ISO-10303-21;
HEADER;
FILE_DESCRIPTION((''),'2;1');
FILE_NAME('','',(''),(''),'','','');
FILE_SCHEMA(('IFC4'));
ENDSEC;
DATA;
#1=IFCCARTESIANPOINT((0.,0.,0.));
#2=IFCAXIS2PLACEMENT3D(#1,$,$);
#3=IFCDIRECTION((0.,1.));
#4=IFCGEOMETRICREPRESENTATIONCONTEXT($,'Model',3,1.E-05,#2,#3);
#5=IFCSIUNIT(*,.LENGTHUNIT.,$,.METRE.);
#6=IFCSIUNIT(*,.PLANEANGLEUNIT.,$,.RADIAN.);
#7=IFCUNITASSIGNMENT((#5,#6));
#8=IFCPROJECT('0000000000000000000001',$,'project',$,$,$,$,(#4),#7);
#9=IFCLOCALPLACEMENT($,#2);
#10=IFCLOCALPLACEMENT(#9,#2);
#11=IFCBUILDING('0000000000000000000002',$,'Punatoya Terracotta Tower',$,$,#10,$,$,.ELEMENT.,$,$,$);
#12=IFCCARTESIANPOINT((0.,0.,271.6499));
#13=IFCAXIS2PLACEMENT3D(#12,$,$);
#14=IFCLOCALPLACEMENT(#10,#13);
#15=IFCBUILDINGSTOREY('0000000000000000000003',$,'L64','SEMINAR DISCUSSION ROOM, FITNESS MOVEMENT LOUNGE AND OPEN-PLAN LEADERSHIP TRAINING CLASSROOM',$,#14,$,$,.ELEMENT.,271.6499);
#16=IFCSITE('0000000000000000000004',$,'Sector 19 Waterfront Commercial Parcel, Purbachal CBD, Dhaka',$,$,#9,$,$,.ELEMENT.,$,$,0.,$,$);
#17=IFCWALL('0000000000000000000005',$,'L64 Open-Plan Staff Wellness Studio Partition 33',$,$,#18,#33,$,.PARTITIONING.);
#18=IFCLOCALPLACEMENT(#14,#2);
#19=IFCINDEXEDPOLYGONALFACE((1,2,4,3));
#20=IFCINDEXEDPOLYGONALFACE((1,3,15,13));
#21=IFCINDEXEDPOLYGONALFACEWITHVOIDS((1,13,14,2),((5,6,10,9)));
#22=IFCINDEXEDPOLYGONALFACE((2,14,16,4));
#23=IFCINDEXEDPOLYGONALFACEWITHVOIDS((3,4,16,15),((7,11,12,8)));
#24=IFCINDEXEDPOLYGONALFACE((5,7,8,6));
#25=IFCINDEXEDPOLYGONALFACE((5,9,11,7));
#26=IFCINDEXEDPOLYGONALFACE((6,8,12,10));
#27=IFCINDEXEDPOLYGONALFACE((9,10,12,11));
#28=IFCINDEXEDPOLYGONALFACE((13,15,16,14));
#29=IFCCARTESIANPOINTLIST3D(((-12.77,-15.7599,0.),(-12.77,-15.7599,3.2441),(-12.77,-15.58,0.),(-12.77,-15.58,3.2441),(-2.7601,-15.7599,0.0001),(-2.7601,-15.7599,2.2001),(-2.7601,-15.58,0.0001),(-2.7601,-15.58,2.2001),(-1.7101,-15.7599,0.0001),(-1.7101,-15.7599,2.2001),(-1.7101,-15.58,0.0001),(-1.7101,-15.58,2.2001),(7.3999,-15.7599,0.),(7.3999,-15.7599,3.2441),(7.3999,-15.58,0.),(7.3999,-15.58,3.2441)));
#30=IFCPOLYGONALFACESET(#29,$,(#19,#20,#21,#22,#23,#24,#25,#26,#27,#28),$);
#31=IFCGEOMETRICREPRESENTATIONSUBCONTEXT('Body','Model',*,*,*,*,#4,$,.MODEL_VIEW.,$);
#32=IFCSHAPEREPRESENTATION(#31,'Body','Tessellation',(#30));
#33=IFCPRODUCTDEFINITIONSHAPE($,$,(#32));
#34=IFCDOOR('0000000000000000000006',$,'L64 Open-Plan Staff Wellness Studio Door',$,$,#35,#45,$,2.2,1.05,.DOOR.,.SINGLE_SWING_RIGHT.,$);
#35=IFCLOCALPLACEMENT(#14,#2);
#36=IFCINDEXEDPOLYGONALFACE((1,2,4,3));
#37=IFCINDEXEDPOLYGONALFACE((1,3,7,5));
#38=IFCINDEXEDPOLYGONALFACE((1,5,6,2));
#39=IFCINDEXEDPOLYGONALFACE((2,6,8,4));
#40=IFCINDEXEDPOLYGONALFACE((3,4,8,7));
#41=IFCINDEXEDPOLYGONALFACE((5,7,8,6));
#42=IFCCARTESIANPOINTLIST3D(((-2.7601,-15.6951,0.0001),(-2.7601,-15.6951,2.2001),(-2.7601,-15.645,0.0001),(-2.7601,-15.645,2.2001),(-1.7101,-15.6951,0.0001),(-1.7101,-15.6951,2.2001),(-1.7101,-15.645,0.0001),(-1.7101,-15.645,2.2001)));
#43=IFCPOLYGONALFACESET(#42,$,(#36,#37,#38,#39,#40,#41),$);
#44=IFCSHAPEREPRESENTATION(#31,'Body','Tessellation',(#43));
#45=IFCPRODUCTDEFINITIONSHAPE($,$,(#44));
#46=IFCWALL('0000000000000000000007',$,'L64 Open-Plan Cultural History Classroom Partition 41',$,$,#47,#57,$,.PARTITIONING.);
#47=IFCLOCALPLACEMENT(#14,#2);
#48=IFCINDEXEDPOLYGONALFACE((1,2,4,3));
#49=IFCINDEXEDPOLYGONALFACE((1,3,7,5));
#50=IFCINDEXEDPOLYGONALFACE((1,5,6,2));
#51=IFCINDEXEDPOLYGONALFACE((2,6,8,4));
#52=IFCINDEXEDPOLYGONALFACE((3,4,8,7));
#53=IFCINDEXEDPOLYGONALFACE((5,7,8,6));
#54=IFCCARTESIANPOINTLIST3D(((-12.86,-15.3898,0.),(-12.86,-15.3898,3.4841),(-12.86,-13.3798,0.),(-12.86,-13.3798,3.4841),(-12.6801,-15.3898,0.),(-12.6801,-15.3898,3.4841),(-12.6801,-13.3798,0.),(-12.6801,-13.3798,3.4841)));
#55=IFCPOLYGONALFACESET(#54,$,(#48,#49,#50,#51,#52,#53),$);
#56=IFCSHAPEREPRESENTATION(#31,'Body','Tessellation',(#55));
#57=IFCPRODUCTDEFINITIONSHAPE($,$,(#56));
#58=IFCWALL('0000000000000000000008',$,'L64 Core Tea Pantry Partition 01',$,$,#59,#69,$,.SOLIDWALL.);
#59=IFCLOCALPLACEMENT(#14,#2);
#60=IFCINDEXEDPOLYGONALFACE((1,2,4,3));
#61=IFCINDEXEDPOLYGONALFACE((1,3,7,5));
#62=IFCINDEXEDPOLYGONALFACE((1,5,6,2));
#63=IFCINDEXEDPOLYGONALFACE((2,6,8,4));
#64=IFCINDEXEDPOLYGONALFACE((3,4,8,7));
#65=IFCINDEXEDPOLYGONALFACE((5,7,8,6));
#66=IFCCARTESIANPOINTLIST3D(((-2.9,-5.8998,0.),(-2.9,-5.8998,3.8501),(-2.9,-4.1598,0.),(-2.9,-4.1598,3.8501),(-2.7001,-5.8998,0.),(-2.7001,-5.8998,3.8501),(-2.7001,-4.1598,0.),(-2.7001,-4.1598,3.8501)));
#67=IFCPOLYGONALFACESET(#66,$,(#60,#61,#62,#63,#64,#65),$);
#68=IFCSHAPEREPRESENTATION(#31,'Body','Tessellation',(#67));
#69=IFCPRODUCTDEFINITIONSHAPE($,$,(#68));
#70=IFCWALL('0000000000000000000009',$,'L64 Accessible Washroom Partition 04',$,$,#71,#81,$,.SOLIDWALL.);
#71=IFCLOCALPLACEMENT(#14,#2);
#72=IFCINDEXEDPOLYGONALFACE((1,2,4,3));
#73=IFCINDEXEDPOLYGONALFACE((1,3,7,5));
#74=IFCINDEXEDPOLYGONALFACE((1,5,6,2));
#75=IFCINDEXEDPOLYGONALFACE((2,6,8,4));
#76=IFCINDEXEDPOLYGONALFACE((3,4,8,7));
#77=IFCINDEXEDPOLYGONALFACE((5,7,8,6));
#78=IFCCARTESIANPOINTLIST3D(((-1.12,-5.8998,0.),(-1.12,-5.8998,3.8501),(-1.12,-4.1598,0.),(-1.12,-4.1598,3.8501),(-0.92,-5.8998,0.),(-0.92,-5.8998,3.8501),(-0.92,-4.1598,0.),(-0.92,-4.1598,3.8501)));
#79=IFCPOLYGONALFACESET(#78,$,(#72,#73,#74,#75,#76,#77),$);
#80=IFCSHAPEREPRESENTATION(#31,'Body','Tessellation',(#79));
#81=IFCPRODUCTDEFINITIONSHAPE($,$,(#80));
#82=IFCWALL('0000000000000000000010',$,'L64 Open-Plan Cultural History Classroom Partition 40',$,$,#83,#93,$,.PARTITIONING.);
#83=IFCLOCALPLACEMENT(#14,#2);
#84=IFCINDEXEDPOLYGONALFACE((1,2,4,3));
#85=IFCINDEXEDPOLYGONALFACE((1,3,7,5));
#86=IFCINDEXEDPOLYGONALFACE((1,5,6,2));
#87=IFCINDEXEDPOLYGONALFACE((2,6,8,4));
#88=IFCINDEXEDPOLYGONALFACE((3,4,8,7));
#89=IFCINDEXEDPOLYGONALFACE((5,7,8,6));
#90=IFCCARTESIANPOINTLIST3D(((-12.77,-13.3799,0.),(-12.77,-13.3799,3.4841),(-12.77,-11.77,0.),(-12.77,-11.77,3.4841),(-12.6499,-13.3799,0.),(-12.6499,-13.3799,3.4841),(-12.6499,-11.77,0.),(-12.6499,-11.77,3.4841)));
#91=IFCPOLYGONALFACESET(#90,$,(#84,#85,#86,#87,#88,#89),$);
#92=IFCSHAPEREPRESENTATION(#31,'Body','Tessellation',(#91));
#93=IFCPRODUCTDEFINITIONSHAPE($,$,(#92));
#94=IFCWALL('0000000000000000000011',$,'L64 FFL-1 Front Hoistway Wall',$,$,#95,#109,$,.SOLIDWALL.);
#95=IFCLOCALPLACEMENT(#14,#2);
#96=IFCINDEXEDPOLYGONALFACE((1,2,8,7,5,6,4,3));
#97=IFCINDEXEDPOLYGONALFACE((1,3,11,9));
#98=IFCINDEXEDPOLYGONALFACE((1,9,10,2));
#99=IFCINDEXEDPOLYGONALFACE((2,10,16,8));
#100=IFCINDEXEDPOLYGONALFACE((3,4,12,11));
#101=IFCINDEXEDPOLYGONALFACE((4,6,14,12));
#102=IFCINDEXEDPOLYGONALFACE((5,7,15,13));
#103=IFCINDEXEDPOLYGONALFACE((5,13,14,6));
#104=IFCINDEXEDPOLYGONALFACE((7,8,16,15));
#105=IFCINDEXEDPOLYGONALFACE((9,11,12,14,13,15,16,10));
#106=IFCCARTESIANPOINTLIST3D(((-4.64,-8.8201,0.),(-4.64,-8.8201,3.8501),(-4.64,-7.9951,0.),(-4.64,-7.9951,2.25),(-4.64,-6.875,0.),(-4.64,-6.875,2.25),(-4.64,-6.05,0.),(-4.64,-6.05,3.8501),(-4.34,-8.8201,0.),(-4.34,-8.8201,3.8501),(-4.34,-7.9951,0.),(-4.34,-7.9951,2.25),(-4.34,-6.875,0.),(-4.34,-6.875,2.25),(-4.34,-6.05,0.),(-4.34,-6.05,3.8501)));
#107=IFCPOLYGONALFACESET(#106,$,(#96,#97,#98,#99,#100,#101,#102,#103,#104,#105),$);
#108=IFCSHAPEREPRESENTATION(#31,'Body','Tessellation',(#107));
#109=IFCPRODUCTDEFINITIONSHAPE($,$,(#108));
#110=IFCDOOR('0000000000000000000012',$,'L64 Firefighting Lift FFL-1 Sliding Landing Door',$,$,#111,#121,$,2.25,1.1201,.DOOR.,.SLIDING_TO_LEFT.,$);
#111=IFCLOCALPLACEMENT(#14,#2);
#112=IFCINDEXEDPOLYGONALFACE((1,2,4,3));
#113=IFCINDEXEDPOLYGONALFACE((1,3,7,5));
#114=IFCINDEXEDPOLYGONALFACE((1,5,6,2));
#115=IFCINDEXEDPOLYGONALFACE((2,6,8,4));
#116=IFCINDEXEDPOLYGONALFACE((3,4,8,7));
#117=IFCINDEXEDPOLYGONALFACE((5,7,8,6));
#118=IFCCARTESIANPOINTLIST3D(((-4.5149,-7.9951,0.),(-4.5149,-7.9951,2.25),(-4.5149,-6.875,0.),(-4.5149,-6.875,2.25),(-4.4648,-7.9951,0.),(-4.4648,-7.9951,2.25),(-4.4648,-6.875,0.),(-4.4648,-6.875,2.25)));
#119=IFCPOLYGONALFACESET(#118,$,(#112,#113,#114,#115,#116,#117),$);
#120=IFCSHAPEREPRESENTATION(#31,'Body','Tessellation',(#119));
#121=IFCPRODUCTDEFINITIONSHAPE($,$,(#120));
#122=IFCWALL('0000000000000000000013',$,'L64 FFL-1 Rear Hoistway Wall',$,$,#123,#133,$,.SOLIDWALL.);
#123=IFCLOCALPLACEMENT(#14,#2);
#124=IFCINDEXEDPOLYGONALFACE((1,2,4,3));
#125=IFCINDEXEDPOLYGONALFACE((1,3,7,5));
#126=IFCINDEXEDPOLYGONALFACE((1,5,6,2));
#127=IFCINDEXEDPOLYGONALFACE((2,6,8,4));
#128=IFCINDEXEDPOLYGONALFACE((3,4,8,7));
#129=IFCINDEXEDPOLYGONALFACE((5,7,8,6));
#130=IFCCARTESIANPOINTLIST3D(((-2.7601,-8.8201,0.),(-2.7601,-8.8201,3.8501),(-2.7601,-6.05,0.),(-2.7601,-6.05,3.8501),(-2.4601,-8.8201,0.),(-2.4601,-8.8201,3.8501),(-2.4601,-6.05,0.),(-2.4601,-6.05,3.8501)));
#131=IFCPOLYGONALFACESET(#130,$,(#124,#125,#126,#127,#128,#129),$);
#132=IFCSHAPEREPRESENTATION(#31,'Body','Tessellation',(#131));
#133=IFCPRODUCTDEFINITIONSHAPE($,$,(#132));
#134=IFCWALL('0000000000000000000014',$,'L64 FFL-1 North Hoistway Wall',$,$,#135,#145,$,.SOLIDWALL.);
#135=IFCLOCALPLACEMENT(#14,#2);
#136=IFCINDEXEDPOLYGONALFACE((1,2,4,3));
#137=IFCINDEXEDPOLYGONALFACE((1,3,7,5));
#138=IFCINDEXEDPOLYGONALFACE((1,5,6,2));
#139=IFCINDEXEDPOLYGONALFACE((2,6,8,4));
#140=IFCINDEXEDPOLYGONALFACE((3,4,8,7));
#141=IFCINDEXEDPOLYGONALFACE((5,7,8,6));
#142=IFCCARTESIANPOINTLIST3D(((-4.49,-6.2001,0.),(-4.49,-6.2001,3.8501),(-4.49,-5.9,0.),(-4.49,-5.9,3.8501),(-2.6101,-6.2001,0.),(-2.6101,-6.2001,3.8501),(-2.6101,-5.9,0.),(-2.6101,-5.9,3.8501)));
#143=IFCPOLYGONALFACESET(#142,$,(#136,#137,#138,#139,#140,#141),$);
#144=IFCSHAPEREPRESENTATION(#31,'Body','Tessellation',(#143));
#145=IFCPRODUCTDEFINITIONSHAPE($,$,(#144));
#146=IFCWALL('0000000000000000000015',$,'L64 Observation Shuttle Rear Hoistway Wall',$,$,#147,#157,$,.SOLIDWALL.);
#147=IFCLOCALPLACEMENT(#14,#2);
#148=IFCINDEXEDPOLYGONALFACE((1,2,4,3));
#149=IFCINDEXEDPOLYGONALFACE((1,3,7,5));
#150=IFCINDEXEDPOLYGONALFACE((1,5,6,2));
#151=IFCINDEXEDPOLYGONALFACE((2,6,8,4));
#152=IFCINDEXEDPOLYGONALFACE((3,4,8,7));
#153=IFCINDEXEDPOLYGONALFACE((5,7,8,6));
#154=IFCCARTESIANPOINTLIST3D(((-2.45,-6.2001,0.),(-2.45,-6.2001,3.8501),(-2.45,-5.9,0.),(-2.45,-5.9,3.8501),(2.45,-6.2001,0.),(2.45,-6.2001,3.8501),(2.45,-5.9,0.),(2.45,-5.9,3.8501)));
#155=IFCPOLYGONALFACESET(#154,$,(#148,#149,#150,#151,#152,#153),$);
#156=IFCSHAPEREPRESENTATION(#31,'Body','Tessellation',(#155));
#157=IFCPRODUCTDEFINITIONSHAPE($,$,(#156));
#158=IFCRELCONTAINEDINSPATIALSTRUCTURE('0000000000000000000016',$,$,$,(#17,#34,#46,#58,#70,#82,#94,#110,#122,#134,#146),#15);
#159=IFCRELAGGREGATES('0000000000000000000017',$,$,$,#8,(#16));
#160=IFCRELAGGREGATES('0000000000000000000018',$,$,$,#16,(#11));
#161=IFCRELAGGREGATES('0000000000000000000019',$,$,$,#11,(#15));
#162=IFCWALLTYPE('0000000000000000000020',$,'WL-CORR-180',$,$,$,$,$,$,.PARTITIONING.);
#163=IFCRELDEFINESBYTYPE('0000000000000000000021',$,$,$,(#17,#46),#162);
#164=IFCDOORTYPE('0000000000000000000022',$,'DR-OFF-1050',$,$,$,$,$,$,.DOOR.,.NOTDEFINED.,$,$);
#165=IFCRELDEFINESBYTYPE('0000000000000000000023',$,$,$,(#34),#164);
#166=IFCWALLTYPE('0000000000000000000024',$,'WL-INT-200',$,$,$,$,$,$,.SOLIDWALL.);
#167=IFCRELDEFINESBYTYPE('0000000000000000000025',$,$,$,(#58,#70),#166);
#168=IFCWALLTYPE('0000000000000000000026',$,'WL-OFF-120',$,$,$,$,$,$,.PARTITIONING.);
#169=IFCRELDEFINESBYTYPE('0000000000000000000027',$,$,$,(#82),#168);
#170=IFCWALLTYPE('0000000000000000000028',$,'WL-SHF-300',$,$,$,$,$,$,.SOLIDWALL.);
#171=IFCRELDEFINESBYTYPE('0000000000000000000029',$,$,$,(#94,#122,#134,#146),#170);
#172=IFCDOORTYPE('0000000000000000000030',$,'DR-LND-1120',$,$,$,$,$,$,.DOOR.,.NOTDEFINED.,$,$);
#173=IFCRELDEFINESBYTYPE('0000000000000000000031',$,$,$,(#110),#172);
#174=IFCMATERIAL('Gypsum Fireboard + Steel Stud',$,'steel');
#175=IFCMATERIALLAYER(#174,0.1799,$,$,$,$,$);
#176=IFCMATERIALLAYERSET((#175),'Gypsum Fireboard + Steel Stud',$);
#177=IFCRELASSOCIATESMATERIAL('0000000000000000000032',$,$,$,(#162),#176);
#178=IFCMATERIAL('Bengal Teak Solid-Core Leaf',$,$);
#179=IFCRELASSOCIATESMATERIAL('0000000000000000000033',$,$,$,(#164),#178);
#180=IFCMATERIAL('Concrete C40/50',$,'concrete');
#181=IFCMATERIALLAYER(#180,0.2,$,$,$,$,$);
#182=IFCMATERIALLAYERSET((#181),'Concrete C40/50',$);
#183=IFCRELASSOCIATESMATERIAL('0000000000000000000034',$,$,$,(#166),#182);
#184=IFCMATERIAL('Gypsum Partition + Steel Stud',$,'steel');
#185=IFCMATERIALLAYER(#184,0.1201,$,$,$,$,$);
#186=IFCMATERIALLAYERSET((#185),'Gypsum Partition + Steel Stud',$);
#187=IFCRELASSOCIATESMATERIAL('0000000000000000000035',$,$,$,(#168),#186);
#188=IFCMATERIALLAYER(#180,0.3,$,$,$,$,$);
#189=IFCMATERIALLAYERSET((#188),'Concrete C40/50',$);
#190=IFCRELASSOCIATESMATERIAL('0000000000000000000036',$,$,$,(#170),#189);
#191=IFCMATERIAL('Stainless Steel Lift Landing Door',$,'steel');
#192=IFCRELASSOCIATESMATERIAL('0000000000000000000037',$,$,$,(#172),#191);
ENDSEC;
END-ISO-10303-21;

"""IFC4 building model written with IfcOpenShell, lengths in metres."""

from ifc_helpers import new_model, si_unit, direction, frame, frame_2d, origin, place, context, subcontext, project, spatial, rectangle, extrude, material, layer, layer_set, type_object, element, fill, save


model = new_model("IFC4")

# Units and contexts
model_context = context("Model", 3, precision=1e-05, world=origin(), true_north=direction((0.0, 1.0)))
body_context = subcontext(model_context, "Body", "Model", "MODEL_VIEW")
ifc_project = project(units=[si_unit("LENGTHUNIT", "METRE"), si_unit("PLANEANGLEUNIT", "RADIAN")], contexts=[model_context])

# Site, building, storey
site_placement = place(None, origin())
site = spatial("IfcSite", under=ifc_project, at=site_placement, Name="Sector 19 Waterfront Commercial Parcel, Purbachal CBD, Dhaka", CompositionType="ELEMENT", RefElevation=0.0)
building_placement = place(site_placement, origin())
building = spatial("IfcBuilding", under=site, at=building_placement, Name="Punatoya Terracotta Tower", CompositionType="ELEMENT")
storey_placement = place(building_placement, frame((0.0, 0.0, 271.6499)))
storey = spatial("IfcBuildingStorey", under=building, at=storey_placement, Name="L64", Description="SEMINAR DISCUSSION ROOM, FITNESS MOVEMENT LOUNGE AND OPEN-PLAN LEADERSHIP TRAINING CLASSROOM", CompositionType="ELEMENT", Elevation=271.6499)

# Wall, opening, door
ifc_material_1 = material(Name="Gypsum Fireboard + Steel Stud", Category="steel")
ifc_layer_1 = layer(ifc_material_1, 0.1799)
ifc_layer_set_1 = layer_set([ifc_layer_1], Name="Gypsum Fireboard + Steel Stud")
wall_type_1 = type_object("IfcWallType", Name="WL-CORR-180", PredefinedType="PARTITIONING", material=ifc_layer_set_1)
wall_1_placement = place(storey_placement, frame((-12.77, -15.6699, 0.0), z_axis=(0.0, 0.0, 1.0), x_axis=(1.0, 0.0, 0.0)))
wall_1 = element("IfcWall", 1, at=wall_1_placement, inside=storey, type_object=wall_type_1, Name="L64 Open-Plan Staff Wellness Studio Partition 33", PredefinedType="PARTITIONING", context=body_context, shape_type="SweptSolid", body=[
    extrude(rectangle(XDim=20.1699, YDim=0.1799, at=frame_2d((10.085, 0.0))), origin(), (0.0, 0.0, 1.0), 3.2441),
])
opening_1_placement = place(wall_1_placement, frame((10.01, 0.0, 0.0)))
opening_1 = element("IfcOpeningElement", 2, at=opening_1_placement, cuts=wall_1, PredefinedType="OPENING", context=body_context, shape_type="SweptSolid", body=[
    extrude(rectangle(XDim=1.05, YDim=2.2, at=frame_2d((0.5249, 1.1001))), frame((0.0, 0.0999, 0.0), z_axis=(0.0, -1.0, 0.0), x_axis=(1.0, 0.0, 0.0)), (0.0, 0.0, 1.0), 0.2),
])
ifc_material_2 = material(Name="Bengal Teak Solid-Core Leaf")
door_type_1 = type_object("IfcDoorType", Name="DR-OFF-1050", OperationType="NOTDEFINED", PredefinedType="DOOR", material=ifc_material_2)
door_1_placement = place(opening_1_placement, origin())
door_1 = element("IfcDoor", 3, at=door_1_placement, inside=storey, type_object=door_type_1, Name="L64 Open-Plan Staff Wellness Studio Door", OperationType="SINGLE_SWING_RIGHT", OverallHeight=2.2, OverallWidth=1.05, PredefinedType="DOOR", context=body_context, shape_type="SweptSolid", body=[
    extrude(rectangle(XDim=1.05, YDim=2.2, at=frame_2d((0.5249, 1.1001))), frame((0.0, 0.0249, 0.0), z_axis=(0.0, -1.0, 0.0), x_axis=(1.0, 0.0, 0.0)), (0.0, 0.0, 1.0), 0.05),
])
fill(opening_1, door_1)

# Walls
wall_2_placement = place(storey_placement, frame((-12.77, -13.3799, 0.0), z_axis=(0.0, 0.0, 1.0), x_axis=(0.0, -1.0, 0.0)))
element("IfcWall", 4, at=wall_2_placement, inside=storey, type_object=wall_type_1, Name="L64 Open-Plan Cultural History Classroom Partition 41", PredefinedType="PARTITIONING", context=body_context, shape_type="SweptSolid", body=[
    extrude(rectangle(XDim=2.01, YDim=0.1799, at=frame_2d((1.0049, 0.0))), origin(), (0.0, 0.0, 1.0), 3.4841),
])
ifc_material_3 = material(Name="Concrete C40/50", Category="concrete")
ifc_layer_2 = layer(ifc_material_3, 0.2)
ifc_layer_set_2 = layer_set([ifc_layer_2], Name="Concrete C40/50")
wall_type_2 = type_object("IfcWallType", Name="WL-INT-200", PredefinedType="SOLIDWALL", material=ifc_layer_set_2)
for number, where, z_axis, x_axis, name in (
    (5, (-2.8, -5.8999, 0.0), (0.0, 0.0, 1.0), (0.0, 1.0, 0.0), "L64 Core Tea Pantry Partition 01"),
    (6, (-1.02, -5.8999, 0.0), (0.0, 0.0, 1.0), (0.0, 1.0, 0.0), "L64 Accessible Washroom Partition 04"),
):
    element("IfcWall", number, at=place(storey_placement, frame(where, z_axis=z_axis, x_axis=x_axis)), inside=storey, type_object=wall_type_2, Name=name, PredefinedType="SOLIDWALL", context=body_context, shape_type="SweptSolid", body=[
        extrude(rectangle(XDim=1.74, YDim=0.2, at=frame_2d((0.8701, 0.0))), origin(), (0.0, 0.0, 1.0), 3.8501),
    ])
ifc_material_4 = material(Name="Gypsum Partition + Steel Stud", Category="steel")
ifc_layer_3 = layer(ifc_material_4, 0.1201)
ifc_layer_set_3 = layer_set([ifc_layer_3], Name="Gypsum Partition + Steel Stud")
wall_type_3 = type_object("IfcWallType", Name="WL-OFF-120", PredefinedType="PARTITIONING", material=ifc_layer_set_3)
wall_3_placement = place(storey_placement, frame((-12.71, -11.77, 0.0), z_axis=(0.0, 0.0, 1.0), x_axis=(0.0, -1.0, 0.0)))
element("IfcWall", 7, at=wall_3_placement, inside=storey, type_object=wall_type_3, Name="L64 Open-Plan Cultural History Classroom Partition 40", PredefinedType="PARTITIONING", context=body_context, shape_type="SweptSolid", body=[
    extrude(rectangle(XDim=1.6099, YDim=0.1201, at=frame_2d((0.8049, 0.0))), origin(), (0.0, 0.0, 1.0), 3.4841),
])

# Wall, opening, door
ifc_layer_4 = layer(ifc_material_3, 0.3)
ifc_layer_set_4 = layer_set([ifc_layer_4], Name="Concrete C40/50")
wall_type_4 = type_object("IfcWallType", Name="WL-SHF-300", PredefinedType="SOLIDWALL", material=ifc_layer_set_4)
wall_4_placement = place(storey_placement, frame((-4.49, -8.8201, 0.0), z_axis=(0.0, 0.0, 1.0), x_axis=(0.0, 1.0, 0.0)))
wall_4 = element("IfcWall", 8, at=wall_4_placement, inside=storey, type_object=wall_type_4, Name="L64 FFL-1 Front Hoistway Wall", PredefinedType="SOLIDWALL", context=body_context, shape_type="SweptSolid", body=[
    extrude(rectangle(XDim=2.77, YDim=0.3, at=frame_2d((1.385, 0.0))), origin(), (0.0, 0.0, 1.0), 3.8501),
])
opening_2_placement = place(wall_4_placement, frame((0.825, 0.0, 0.0)))
opening_2 = element("IfcOpeningElement", 9, at=opening_2_placement, cuts=wall_4, PredefinedType="OPENING", context=body_context, shape_type="SweptSolid", body=[
    extrude(rectangle(XDim=1.1201, YDim=2.25, at=frame_2d((0.5601, 1.125))), frame((0.0, 0.1599, 0.0), z_axis=(0.0, -1.0, 0.0), x_axis=(1.0, 0.0, 0.0)), (0.0, 0.0, 1.0), 0.3201),
])
ifc_material_5 = material(Name="Stainless Steel Lift Landing Door", Category="steel")
door_type_2 = type_object("IfcDoorType", Name="DR-LND-1120", OperationType="NOTDEFINED", PredefinedType="DOOR", material=ifc_material_5)
door_2_placement = place(opening_2_placement, origin())
door_2 = element("IfcDoor", 10, at=door_2_placement, inside=storey, type_object=door_type_2, Name="L64 Firefighting Lift FFL-1 Sliding Landing Door", OperationType="SLIDING_TO_LEFT", OverallHeight=2.25, OverallWidth=1.1201, PredefinedType="DOOR", context=body_context, shape_type="SweptSolid", body=[
    extrude(rectangle(XDim=1.1201, YDim=2.25, at=frame_2d((0.5601, 1.125))), frame((0.0, 0.0249, 0.0), z_axis=(0.0, -1.0, 0.0), x_axis=(1.0, 0.0, 0.0)), (0.0, 0.0, 1.0), 0.05),
])
fill(opening_2, door_2)

# Walls
wall_5_placement = place(storey_placement, frame((-2.6101, -8.8201, 0.0), z_axis=(0.0, 0.0, 1.0), x_axis=(0.0, 1.0, 0.0)))
element("IfcWall", 11, at=wall_5_placement, inside=storey, type_object=wall_type_4, Name="L64 FFL-1 Rear Hoistway Wall", PredefinedType="SOLIDWALL", context=body_context, shape_type="SweptSolid", body=[
    extrude(rectangle(XDim=2.77, YDim=0.3, at=frame_2d((1.385, 0.0))), origin(), (0.0, 0.0, 1.0), 3.8501),
])
wall_6_placement = place(storey_placement, frame((-4.49, -6.05, 0.0), z_axis=(0.0, 0.0, 1.0), x_axis=(1.0, 0.0, 0.0)))
element("IfcWall", 12, at=wall_6_placement, inside=storey, type_object=wall_type_4, Name="L64 FFL-1 North Hoistway Wall", PredefinedType="SOLIDWALL", context=body_context, shape_type="SweptSolid", body=[
    extrude(rectangle(XDim=1.8799, YDim=0.3, at=frame_2d((0.9399, 0.0))), origin(), (0.0, 0.0, 1.0), 3.8501),
])
wall_7_placement = place(storey_placement, frame((-2.45, -6.05, 0.0), z_axis=(0.0, 0.0, 1.0), x_axis=(1.0, 0.0, 0.0)))
element("IfcWall", 13, at=wall_7_placement, inside=storey, type_object=wall_type_4, Name="L64 Observation Shuttle Rear Hoistway Wall", PredefinedType="SOLIDWALL", context=body_context, shape_type="SweptSolid", body=[
    extrude(rectangle(XDim=4.8999, YDim=0.3, at=frame_2d((2.45, 0.0))), origin(), (0.0, 0.0, 1.0), 3.8501),
])

save(model, "model.ifc")
